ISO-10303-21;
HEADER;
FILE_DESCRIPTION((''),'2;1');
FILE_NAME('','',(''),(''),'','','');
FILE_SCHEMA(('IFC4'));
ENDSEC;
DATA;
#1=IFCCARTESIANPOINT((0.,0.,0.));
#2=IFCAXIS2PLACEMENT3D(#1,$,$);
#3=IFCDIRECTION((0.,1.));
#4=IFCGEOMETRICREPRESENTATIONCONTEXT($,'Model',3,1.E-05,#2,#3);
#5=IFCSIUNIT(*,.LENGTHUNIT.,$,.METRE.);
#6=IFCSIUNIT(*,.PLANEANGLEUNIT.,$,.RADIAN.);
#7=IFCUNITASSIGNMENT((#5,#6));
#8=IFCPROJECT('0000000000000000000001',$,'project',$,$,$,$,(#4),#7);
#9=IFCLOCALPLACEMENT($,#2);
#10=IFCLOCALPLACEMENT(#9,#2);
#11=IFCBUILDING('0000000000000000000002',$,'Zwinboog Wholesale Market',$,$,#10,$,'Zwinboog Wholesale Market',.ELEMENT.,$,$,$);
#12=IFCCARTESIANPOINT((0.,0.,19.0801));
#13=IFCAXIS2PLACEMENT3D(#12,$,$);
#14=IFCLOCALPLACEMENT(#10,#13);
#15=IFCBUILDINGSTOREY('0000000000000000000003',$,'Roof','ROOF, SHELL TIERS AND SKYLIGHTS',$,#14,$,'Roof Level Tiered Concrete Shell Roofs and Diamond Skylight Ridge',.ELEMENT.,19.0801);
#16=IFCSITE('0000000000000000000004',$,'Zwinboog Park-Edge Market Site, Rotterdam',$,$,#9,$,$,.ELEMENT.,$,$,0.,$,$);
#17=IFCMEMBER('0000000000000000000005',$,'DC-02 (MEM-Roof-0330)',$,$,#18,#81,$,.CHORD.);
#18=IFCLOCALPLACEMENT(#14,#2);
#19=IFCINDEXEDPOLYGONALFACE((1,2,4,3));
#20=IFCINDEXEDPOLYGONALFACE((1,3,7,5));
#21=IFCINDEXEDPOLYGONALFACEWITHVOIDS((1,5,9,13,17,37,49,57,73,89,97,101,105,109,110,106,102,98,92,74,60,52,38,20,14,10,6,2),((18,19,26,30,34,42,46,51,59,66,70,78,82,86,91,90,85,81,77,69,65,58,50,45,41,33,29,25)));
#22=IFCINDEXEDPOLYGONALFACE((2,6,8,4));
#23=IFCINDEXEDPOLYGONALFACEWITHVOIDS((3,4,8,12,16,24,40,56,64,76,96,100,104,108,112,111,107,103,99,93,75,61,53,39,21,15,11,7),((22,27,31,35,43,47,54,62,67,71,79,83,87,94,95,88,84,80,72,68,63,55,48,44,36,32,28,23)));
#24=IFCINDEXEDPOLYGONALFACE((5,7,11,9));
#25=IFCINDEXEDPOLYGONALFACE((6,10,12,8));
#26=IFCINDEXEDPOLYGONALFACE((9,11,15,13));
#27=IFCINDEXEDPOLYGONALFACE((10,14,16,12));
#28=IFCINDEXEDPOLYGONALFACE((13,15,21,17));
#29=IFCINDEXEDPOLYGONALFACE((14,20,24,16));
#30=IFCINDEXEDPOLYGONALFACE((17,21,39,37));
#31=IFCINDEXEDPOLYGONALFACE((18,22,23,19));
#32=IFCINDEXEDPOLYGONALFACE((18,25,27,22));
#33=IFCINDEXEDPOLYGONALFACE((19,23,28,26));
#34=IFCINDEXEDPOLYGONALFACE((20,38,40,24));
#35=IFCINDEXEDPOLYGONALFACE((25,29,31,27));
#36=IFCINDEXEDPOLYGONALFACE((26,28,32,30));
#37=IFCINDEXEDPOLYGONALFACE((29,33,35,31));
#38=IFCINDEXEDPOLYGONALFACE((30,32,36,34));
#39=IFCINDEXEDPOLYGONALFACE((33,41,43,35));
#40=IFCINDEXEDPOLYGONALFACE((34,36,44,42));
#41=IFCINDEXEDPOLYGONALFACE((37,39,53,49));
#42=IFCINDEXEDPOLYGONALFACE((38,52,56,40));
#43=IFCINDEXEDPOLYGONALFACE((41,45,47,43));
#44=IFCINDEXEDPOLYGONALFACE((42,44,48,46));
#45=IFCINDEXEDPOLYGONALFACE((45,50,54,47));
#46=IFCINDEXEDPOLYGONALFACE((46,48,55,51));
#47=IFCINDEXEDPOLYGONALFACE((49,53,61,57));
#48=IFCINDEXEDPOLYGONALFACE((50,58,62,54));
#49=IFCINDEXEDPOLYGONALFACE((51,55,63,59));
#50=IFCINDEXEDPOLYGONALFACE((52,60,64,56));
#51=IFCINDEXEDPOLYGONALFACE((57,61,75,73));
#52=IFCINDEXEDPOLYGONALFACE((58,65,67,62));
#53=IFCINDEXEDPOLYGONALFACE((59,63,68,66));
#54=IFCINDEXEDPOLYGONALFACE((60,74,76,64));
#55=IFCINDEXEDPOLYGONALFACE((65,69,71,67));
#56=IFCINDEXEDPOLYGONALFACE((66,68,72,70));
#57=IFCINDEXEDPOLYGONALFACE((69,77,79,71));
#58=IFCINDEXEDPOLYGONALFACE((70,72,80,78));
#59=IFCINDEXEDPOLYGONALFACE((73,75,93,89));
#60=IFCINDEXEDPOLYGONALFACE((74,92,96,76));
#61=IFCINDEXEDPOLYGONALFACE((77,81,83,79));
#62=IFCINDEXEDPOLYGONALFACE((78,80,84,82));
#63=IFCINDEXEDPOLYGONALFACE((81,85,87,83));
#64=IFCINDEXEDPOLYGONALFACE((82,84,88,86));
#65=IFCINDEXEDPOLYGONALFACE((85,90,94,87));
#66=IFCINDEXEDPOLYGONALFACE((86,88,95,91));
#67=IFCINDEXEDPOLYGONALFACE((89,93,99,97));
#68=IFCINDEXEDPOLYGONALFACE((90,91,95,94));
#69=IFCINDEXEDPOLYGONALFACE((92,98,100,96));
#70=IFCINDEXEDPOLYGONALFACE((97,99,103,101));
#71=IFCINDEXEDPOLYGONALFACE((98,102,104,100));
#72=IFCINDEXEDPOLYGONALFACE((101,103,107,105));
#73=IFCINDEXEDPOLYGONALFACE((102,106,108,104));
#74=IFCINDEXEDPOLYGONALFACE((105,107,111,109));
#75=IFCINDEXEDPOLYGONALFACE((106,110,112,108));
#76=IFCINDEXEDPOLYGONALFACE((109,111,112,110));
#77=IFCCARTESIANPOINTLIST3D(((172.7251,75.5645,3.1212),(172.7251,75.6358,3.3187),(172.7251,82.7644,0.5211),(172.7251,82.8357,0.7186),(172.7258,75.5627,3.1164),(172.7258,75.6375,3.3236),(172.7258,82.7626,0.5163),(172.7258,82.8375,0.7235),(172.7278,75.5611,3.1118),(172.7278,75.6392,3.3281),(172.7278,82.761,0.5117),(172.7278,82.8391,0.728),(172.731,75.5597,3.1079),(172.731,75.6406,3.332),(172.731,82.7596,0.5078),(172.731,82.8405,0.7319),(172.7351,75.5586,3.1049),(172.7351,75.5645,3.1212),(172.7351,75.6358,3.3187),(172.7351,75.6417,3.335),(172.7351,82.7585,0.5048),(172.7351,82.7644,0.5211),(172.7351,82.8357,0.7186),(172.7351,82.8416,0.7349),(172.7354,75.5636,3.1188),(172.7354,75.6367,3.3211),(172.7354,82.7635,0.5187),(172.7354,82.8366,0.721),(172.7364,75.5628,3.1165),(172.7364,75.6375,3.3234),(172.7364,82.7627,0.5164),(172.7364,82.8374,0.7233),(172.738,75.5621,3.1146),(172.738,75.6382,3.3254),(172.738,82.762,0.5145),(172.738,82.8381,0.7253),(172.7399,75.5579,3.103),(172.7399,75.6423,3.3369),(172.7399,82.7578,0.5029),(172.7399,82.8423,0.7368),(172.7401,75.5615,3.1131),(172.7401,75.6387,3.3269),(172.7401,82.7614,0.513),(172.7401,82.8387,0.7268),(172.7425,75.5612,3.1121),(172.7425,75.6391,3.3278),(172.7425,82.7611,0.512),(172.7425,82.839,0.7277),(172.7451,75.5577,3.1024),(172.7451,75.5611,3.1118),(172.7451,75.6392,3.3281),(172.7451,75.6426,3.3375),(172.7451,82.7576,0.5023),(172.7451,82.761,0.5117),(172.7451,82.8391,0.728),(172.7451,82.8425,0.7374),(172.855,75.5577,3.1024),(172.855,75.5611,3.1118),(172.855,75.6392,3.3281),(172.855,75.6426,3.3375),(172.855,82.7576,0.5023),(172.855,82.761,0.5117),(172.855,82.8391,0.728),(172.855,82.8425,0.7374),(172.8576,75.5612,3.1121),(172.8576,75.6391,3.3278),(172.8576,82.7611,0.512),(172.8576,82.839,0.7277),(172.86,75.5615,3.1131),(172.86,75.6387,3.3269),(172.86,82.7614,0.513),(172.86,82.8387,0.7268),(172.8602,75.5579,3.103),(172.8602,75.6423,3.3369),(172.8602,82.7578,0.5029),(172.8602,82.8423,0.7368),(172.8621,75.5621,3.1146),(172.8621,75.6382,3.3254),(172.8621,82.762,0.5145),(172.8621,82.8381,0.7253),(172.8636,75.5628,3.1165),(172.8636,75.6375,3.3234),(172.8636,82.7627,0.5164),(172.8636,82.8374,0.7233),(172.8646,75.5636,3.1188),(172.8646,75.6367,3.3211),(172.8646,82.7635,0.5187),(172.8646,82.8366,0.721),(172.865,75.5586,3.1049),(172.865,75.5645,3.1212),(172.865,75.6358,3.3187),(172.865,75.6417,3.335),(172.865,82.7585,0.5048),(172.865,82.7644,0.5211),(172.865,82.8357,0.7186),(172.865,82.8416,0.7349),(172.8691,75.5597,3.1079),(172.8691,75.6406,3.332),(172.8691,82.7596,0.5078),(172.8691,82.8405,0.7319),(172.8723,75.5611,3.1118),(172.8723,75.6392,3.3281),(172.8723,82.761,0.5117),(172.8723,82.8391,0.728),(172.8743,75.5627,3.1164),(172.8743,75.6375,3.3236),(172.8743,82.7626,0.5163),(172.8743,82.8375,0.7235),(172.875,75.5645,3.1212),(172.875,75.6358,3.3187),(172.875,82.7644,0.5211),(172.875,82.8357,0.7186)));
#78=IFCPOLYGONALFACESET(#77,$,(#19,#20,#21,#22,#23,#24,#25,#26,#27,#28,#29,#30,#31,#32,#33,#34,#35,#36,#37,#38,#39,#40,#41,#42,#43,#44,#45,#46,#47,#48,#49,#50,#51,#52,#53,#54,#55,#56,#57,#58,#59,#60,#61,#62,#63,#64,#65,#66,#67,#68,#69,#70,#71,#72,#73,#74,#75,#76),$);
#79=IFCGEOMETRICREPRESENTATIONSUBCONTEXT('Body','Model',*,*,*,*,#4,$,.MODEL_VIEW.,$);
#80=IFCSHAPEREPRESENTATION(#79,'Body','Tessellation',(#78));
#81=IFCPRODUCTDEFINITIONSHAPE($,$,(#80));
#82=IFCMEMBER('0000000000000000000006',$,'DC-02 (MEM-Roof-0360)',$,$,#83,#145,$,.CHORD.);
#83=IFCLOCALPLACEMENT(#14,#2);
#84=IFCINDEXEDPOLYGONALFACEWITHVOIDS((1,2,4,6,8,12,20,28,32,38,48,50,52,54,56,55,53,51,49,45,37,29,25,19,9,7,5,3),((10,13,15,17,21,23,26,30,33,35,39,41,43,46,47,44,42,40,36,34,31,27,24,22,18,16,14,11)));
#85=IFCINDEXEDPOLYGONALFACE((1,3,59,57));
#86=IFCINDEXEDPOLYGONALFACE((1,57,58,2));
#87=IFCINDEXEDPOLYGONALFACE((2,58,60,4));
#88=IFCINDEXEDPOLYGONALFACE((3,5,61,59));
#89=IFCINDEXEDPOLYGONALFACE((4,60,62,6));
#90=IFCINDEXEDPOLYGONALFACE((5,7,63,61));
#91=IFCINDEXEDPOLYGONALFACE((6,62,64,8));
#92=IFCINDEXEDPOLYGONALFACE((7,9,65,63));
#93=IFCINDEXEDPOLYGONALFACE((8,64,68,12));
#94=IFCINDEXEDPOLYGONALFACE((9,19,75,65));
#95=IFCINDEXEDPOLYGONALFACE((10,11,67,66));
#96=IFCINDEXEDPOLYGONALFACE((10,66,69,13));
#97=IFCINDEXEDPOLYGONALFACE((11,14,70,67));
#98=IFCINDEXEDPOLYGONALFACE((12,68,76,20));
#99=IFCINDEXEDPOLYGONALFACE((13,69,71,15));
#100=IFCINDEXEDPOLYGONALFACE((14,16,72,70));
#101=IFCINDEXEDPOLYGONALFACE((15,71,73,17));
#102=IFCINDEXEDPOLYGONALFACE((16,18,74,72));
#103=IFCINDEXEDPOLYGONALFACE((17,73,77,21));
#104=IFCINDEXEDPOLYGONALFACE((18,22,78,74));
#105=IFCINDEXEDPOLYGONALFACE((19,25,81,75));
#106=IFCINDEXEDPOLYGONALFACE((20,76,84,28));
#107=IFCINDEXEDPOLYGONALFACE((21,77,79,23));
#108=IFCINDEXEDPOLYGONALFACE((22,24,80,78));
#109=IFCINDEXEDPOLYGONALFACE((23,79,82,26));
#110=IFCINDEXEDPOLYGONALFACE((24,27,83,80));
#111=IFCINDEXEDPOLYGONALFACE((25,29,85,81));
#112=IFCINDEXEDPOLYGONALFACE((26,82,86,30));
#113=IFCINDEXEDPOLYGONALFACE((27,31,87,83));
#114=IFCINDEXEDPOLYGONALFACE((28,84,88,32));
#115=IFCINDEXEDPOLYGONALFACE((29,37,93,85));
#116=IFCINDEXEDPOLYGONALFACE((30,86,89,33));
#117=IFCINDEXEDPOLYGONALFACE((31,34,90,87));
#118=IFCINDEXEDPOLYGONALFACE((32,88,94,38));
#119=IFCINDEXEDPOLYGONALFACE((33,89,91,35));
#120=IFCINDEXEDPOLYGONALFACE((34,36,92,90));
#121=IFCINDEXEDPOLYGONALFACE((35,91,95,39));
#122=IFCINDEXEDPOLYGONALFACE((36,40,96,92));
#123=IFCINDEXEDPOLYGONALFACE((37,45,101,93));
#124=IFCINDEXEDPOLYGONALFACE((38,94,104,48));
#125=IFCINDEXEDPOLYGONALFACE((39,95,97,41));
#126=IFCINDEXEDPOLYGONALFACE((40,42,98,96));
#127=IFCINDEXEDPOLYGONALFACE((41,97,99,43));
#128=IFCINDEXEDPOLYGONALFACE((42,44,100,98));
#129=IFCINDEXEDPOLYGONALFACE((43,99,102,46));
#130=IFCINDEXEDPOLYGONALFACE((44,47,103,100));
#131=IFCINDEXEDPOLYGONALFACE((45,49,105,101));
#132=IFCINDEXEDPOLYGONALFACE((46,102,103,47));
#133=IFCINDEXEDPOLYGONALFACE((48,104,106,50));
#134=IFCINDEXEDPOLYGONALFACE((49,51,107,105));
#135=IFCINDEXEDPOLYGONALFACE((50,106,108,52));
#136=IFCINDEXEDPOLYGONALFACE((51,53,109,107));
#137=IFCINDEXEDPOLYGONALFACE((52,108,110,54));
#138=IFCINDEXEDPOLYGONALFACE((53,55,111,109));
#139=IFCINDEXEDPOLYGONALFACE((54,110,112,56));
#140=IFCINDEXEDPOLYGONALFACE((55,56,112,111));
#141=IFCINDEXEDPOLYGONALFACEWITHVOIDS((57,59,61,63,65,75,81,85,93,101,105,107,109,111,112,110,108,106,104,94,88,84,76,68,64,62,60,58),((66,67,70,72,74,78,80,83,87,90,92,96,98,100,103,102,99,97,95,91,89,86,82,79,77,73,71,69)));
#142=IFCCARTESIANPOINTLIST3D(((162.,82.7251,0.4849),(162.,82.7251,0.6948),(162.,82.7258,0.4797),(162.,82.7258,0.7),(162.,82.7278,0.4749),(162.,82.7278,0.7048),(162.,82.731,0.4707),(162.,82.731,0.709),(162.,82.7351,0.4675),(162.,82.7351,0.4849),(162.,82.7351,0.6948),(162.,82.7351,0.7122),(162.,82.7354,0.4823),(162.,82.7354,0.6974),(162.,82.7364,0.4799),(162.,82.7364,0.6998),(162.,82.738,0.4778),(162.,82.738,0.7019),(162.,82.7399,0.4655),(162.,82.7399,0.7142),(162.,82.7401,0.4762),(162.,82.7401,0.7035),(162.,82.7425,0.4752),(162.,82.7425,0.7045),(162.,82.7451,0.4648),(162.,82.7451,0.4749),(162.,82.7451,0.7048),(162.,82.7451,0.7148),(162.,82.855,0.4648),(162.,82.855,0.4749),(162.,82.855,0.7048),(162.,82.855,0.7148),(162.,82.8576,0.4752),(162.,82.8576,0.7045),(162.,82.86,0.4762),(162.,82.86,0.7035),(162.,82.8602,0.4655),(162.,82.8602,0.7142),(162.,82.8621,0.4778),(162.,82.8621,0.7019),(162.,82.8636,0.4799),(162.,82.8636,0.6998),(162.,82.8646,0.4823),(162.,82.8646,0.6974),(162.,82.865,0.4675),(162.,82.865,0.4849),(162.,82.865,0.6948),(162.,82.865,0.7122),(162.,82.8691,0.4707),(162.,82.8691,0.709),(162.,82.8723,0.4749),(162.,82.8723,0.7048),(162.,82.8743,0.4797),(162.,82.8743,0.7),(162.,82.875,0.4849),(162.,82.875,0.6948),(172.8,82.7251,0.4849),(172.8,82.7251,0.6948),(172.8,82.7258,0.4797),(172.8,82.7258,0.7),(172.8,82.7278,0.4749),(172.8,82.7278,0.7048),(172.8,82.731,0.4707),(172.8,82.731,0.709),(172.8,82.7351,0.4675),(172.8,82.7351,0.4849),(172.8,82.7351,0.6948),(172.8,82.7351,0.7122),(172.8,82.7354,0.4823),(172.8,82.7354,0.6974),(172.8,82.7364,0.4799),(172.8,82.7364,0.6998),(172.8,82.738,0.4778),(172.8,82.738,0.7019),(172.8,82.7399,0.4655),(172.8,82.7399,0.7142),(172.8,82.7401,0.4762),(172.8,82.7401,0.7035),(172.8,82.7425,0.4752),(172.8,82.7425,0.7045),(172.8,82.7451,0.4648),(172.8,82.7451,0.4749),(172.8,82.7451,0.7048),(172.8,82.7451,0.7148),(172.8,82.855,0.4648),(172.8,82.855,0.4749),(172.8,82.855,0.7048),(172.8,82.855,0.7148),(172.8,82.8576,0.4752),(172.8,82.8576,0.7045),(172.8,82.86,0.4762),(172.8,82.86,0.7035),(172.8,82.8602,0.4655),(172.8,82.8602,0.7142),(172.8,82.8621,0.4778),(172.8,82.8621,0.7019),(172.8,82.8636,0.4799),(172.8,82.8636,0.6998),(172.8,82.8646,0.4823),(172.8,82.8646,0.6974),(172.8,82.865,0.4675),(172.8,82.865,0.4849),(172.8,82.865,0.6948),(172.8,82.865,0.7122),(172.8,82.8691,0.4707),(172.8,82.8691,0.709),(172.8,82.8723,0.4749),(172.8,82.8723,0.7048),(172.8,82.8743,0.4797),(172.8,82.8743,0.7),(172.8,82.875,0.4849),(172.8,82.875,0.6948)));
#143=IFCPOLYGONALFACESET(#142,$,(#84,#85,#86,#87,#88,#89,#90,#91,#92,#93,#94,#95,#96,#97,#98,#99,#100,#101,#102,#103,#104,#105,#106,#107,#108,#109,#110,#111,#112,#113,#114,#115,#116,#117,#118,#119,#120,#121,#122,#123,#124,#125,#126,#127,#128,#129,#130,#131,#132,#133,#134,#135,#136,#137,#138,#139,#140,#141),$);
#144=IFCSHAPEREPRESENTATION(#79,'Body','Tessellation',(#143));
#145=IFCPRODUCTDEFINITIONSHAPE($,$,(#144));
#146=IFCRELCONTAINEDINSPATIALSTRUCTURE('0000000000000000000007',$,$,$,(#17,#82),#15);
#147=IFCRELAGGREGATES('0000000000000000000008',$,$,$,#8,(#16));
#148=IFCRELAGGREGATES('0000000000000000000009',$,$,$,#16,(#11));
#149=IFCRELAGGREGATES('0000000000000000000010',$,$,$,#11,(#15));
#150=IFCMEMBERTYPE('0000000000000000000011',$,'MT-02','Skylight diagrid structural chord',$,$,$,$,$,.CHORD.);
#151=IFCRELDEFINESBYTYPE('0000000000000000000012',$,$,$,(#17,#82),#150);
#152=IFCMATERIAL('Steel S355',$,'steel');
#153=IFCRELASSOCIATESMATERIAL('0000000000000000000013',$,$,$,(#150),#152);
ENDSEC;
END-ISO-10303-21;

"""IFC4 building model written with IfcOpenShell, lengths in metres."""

from ifc_helpers import new_model, si_unit, direction, frame, origin, origin_2d, place, context, subcontext, project, spatial, hollow_rectangle, extrude, material, material_profile, profile_set, type_object, element, save


model = new_model("IFC4")

# Units and contexts
model_context = context("Model", 3, precision=1e-05, world=origin(), true_north=direction((0.0, 1.0)))
body_context = subcontext(model_context, "Body", "Model", "MODEL_VIEW")
ifc_project = project(units=[si_unit("LENGTHUNIT", "METRE"), si_unit("PLANEANGLEUNIT", "RADIAN")], contexts=[model_context])

# Site, building, storey
site_placement = place(None, origin())
site = spatial("IfcSite", under=ifc_project, at=site_placement, Name="Zwinboog Park-Edge Market Site, Rotterdam", CompositionType="ELEMENT", RefElevation=0.0)
building_placement = place(site_placement, origin())
building = spatial("IfcBuilding", under=site, at=building_placement, Name="Zwinboog Wholesale Market", LongName="Zwinboog Wholesale Market", CompositionType="ELEMENT")
storey_placement = place(building_placement, frame((0.0, 0.0, 19.0801)))
storey = spatial("IfcBuildingStorey", under=building, at=storey_placement, Name="Roof", Description="ROOF, SHELL TIERS AND SKYLIGHTS", LongName="Roof Level Tiered Concrete Shell Roofs and Diamond Skylight Ridge", CompositionType="ELEMENT", Elevation=19.0801)

# Shared definitions
ifc_material_1 = material(Name="Steel S355", Category="steel")

# Members
ifc_material_profile_1 = material_profile(ifc_material_1, hollow_rectangle(XDim=0.1499, YDim=0.25, WallThickness=0.01, InnerFilletRadius=0.01, OuterFilletRadius=0.02, at=origin_2d()), Name="RHS 250x150x10")
ifc_profile_set_1 = profile_set([ifc_material_profile_1], Name="Steel S355")
member_type_1 = type_object("IfcMemberType", Name="MT-02", Description="Skylight diagrid structural chord", PredefinedType="CHORD", material=ifc_profile_set_1)
member_1_placement = place(storey_placement, frame((172.8, 82.8, 0.6199), z_axis=(0.0, -0.940549, 0.339658), x_axis=(1.0, 0.0, 0.0)))
element("IfcMember", 1, at=member_1_placement, inside=storey, type_object=member_type_1, Name="DC-02 (MEM-Roof-0330)", PredefinedType="CHORD", context=body_context, shape_type="SweptSolid", body=[
    extrude(hollow_rectangle(XDim=0.1499, YDim=0.25, WallThickness=0.01, InnerFilletRadius=0.01, OuterFilletRadius=0.02, at=origin_2d()), origin(), (0.0, 0.0, 1.0), 7.655),
])
member_2_placement = place(storey_placement, frame((162.0, 82.8, 0.5898), z_axis=(1.0, 0.0, 0.0), x_axis=(0.0, 1.0, 0.0)))
element("IfcMember", 2, at=member_2_placement, inside=storey, type_object=member_type_1, Name="DC-02 (MEM-Roof-0360)", PredefinedType="CHORD", context=body_context, shape_type="SweptSolid", body=[
    extrude(hollow_rectangle(XDim=0.1499, YDim=0.25, WallThickness=0.01, InnerFilletRadius=0.01, OuterFilletRadius=0.02, at=origin_2d()), origin(), (0.0, 0.0, 1.0), 10.8),
])

save(model, "model.ifc")
